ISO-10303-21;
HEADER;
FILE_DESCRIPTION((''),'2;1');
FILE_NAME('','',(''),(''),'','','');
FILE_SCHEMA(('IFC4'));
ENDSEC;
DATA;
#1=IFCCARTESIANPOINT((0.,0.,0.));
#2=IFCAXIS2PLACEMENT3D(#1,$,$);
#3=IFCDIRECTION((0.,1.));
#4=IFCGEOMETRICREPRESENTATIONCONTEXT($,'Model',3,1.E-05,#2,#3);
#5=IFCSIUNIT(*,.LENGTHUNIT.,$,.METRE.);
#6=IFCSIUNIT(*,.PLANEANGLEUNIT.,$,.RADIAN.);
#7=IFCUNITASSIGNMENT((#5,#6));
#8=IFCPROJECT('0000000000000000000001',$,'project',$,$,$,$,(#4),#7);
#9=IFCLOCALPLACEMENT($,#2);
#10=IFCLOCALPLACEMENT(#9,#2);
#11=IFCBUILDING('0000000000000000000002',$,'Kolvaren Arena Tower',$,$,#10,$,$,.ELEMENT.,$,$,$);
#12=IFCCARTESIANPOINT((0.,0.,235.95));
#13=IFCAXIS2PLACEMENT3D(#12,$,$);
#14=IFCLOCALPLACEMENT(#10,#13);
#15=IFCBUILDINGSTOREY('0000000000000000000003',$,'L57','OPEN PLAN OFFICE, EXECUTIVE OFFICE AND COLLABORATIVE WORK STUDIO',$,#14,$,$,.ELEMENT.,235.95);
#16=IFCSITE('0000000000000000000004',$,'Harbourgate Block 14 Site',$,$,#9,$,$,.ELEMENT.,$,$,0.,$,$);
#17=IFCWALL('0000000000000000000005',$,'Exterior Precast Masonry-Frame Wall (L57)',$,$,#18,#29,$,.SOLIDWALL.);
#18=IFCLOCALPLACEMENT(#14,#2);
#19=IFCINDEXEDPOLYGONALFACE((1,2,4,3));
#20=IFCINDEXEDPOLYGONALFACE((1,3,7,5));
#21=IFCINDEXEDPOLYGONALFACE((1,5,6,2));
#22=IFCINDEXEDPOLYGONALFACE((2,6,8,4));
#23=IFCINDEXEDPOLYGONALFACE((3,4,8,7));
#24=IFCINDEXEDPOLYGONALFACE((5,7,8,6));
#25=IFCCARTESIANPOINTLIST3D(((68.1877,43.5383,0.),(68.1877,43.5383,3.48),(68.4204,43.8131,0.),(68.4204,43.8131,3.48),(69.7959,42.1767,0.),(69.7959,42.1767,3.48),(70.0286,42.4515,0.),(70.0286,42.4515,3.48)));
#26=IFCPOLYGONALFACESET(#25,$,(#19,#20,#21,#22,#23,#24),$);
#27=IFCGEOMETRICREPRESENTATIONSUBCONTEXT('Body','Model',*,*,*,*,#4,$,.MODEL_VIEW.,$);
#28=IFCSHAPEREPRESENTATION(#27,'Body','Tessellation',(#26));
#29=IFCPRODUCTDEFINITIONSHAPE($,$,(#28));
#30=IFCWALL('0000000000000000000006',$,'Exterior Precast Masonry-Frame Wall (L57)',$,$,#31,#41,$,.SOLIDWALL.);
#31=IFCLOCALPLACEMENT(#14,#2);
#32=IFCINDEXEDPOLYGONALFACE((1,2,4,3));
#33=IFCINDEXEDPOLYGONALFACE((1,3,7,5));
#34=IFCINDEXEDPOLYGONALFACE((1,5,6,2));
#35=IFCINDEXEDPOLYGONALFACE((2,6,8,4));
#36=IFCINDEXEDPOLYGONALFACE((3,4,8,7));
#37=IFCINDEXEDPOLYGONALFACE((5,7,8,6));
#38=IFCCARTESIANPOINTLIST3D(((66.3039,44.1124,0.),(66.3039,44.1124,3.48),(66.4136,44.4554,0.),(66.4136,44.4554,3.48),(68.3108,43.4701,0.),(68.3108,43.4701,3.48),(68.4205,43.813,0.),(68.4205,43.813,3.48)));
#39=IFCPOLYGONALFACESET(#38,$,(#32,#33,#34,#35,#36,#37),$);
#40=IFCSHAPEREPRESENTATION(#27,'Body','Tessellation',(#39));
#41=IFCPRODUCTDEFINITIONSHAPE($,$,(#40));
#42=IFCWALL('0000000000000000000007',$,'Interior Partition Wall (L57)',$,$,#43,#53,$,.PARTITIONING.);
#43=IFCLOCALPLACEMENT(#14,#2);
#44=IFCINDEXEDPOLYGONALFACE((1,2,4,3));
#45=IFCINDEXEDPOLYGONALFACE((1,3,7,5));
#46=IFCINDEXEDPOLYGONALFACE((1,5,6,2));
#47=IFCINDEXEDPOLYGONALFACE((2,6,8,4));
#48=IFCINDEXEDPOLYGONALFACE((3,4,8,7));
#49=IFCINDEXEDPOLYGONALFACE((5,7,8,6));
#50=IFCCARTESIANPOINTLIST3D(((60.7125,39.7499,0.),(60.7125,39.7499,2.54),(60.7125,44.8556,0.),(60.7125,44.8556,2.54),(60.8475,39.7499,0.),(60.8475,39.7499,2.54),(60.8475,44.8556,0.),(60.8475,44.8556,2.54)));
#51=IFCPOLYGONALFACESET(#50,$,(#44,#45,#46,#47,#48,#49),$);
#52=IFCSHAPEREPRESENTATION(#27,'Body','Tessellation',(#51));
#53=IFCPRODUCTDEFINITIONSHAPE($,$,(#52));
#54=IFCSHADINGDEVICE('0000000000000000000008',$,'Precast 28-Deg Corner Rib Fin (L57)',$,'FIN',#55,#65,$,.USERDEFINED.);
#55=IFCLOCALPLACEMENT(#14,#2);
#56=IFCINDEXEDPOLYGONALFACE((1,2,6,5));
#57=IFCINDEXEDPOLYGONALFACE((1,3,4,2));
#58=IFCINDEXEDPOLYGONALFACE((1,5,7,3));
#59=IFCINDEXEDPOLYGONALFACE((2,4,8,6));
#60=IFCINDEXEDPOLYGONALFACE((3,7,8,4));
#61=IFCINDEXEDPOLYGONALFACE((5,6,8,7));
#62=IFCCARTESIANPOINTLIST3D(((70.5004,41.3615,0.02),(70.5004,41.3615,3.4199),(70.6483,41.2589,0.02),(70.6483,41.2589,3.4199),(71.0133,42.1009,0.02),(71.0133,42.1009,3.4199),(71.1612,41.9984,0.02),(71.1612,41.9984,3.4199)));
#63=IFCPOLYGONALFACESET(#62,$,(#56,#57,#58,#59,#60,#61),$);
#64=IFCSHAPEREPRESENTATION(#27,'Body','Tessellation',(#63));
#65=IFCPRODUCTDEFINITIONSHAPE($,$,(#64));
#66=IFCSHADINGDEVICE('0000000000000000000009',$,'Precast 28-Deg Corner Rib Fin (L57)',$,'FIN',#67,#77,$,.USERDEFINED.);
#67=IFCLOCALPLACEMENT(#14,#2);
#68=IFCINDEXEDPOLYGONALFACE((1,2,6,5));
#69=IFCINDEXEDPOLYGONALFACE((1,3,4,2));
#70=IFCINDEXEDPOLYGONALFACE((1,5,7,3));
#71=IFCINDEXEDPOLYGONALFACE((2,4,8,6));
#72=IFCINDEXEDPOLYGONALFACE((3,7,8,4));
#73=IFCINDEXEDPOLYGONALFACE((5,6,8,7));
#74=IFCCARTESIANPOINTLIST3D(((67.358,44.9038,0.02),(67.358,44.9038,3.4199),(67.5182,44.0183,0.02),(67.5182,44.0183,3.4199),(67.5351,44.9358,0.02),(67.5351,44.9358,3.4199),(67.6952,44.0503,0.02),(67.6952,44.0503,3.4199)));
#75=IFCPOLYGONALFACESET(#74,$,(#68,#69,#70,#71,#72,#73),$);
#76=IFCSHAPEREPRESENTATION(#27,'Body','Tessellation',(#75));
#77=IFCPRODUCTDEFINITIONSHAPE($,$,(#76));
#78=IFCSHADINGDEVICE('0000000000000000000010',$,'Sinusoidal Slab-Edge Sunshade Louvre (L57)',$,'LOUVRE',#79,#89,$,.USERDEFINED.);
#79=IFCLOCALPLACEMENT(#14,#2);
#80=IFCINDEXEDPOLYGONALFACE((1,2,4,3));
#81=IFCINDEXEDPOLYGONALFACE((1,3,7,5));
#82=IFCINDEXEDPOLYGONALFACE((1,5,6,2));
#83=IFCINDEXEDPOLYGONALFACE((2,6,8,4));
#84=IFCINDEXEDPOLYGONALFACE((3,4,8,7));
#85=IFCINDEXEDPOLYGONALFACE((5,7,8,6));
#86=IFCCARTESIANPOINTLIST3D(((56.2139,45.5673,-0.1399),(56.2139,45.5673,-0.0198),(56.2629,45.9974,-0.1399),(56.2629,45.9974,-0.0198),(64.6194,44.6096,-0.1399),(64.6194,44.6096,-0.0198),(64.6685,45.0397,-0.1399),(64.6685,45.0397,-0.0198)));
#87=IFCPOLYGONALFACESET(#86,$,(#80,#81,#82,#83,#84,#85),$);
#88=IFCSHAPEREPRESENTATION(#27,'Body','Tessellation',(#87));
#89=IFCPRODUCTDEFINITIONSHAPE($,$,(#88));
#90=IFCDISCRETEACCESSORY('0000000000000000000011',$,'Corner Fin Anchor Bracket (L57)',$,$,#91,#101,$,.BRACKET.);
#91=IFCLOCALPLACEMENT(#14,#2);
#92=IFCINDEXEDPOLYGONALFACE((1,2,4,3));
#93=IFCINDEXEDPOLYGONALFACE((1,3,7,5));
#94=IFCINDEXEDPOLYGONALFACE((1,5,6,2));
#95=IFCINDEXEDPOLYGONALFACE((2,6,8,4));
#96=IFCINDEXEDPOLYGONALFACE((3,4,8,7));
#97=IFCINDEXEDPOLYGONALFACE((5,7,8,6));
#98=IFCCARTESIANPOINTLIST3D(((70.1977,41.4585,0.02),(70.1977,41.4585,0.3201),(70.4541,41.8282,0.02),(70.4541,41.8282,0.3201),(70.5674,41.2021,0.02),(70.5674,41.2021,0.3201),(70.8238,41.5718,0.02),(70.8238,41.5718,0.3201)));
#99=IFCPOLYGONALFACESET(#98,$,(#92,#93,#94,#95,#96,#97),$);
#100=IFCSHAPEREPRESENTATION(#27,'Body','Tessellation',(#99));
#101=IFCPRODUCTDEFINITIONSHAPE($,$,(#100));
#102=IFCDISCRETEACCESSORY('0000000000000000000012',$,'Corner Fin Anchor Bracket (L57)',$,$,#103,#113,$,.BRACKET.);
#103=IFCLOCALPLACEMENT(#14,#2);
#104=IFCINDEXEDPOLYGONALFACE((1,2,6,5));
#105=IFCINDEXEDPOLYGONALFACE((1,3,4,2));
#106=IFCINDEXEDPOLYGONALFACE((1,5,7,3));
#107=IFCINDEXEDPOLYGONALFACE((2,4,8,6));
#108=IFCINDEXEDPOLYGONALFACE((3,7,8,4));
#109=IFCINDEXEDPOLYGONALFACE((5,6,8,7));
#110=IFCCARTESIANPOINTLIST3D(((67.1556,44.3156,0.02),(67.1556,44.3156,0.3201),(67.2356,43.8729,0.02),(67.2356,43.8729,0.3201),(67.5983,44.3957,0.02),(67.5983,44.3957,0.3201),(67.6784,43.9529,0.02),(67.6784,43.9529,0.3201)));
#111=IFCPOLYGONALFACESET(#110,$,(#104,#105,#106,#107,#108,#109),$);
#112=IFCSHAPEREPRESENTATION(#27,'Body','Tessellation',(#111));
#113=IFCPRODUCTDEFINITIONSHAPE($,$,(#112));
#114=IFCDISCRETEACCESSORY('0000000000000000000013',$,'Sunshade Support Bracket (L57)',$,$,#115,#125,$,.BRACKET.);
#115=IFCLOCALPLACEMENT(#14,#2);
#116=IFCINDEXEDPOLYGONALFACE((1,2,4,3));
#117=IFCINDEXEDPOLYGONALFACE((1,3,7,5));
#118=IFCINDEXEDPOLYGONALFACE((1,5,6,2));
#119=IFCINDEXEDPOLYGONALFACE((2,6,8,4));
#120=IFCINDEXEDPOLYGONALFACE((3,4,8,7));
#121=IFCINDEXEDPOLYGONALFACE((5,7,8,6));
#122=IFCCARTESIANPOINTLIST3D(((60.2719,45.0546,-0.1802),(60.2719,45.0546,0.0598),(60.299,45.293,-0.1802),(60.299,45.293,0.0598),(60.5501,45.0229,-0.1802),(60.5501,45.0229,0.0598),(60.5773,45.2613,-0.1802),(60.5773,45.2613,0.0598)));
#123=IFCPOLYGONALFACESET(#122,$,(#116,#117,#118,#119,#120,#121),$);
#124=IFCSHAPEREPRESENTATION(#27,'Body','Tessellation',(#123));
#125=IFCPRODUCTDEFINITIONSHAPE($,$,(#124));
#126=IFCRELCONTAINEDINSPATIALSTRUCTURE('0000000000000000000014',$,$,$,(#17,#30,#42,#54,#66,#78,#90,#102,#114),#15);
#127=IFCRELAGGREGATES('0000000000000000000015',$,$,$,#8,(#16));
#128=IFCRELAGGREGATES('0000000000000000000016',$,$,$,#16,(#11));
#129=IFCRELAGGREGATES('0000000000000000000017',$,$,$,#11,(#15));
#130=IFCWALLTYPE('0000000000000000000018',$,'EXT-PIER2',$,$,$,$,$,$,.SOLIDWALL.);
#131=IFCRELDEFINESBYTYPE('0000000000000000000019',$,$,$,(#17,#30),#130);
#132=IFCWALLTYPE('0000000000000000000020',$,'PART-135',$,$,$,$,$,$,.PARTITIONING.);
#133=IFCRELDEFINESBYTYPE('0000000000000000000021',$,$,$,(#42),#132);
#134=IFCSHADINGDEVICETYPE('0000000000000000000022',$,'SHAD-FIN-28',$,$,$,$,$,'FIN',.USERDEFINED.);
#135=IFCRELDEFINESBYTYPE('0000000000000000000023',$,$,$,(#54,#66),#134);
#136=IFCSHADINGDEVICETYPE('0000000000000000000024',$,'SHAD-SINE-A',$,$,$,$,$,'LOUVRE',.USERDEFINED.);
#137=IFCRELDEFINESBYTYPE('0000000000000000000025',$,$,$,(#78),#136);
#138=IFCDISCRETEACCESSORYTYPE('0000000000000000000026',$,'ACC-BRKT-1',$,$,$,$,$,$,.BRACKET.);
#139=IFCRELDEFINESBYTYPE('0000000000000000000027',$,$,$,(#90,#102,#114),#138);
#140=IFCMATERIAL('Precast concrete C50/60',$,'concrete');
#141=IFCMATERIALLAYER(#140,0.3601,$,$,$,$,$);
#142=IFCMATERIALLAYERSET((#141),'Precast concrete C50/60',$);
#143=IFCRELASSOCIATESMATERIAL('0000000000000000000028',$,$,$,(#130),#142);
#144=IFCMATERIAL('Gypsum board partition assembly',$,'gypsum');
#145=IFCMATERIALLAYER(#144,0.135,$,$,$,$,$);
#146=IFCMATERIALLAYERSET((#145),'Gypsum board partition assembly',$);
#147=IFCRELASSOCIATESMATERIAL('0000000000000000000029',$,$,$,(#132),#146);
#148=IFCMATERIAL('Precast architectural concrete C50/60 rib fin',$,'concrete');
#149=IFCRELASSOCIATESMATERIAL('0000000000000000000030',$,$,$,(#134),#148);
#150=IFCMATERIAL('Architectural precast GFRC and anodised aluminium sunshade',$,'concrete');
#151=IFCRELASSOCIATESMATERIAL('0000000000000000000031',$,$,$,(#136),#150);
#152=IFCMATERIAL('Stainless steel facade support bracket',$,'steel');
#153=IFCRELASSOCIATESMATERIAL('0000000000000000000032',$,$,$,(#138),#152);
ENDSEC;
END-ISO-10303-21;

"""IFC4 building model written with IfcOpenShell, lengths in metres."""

from ifc_helpers import new_model, si_unit, direction, frame, frame_2d, origin, origin_2d, place, context, subcontext, project, spatial, rectangle, extrude, material, layer, layer_set, type_object, element, save


model = new_model("IFC4")

# Units and contexts
model_context = context("Model", 3, precision=1e-05, world=origin(), true_north=direction((0.0, 1.0)))
body_context = subcontext(model_context, "Body", "Model", "MODEL_VIEW")
ifc_project = project(units=[si_unit("LENGTHUNIT", "METRE"), si_unit("PLANEANGLEUNIT", "RADIAN")], contexts=[model_context])

# Site, building, storey
site_placement = place(None, origin())
site = spatial("IfcSite", under=ifc_project, at=site_placement, Name="Harbourgate Block 14 Site", CompositionType="ELEMENT", RefElevation=0.0)
building_placement = place(site_placement, origin())
building = spatial("IfcBuilding", under=site, at=building_placement, Name="Kolvaren Arena Tower", CompositionType="ELEMENT")
storey_placement = place(building_placement, frame((0.0, 0.0, 235.95)))
storey = spatial("IfcBuildingStorey", under=building, at=storey_placement, Name="L57", Description="OPEN PLAN OFFICE, EXECUTIVE OFFICE AND COLLABORATIVE WORK STUDIO", CompositionType="ELEMENT", Elevation=235.95)

# Shared definitions
ifc_material_1 = material(Name="Precast concrete C50/60", Category="concrete")
ifc_layer_1 = layer(ifc_material_1, 0.3601)
ifc_layer_set_1 = layer_set([ifc_layer_1], Name="Precast concrete C50/60")
wall_type_1 = type_object("IfcWallType", Name="EXT-PIER2", PredefinedType="SOLIDWALL", material=ifc_layer_set_1)

# Walls
for number, where, z_axis, x_axis, name in (
    (1, (68.304, 43.6758, 0.0), (0.0, 0.0, 1.0), (0.763193, -0.646171, 0.0), "Exterior Precast Masonry-Frame Wall (L57)"),
    (2, (66.3586, 44.2839, 0.0), (0.0, 0.0, 1.0), (0.952404, -0.304839, 0.0), "Exterior Precast Masonry-Frame Wall (L57)"),
):
    element("IfcWall", number, at=place(storey_placement, frame(where, z_axis=z_axis, x_axis=x_axis)), inside=storey, type_object=wall_type_1, Name=name, PredefinedType="SOLIDWALL", context=body_context, shape_type="SweptSolid", body=[
        extrude(rectangle(XDim=2.1072, YDim=0.3601, at=frame_2d((1.0537, 0.0))), origin(), (0.0, 0.0, 1.0), 3.48),
    ])
ifc_material_2 = material(Name="Gypsum board partition assembly", Category="gypsum")
ifc_layer_2 = layer(ifc_material_2, 0.135)
ifc_layer_set_2 = layer_set([ifc_layer_2], Name="Gypsum board partition assembly")
wall_type_2 = type_object("IfcWallType", Name="PART-135", PredefinedType="PARTITIONING", material=ifc_layer_set_2)
wall_1_placement = place(storey_placement, frame((60.78, 39.75, 0.0), z_axis=(0.0, 0.0, 1.0), x_axis=(0.0, 1.0, 0.0)))
element("IfcWall", 3, at=wall_1_placement, inside=storey, type_object=wall_type_2, Name="Interior Partition Wall (L57)", PredefinedType="PARTITIONING", context=body_context, shape_type="SweptSolid", body=[
    extrude(rectangle(XDim=5.1057, YDim=0.135, at=frame_2d((2.5527, 0.0))), origin(), (0.0, 0.0, 1.0), 2.54),
])

# Shading devices
ifc_material_3 = material(Name="Precast architectural concrete C50/60 rib fin", Category="concrete")
shading_device_type_1 = type_object("IfcShadingDeviceType", Name="SHAD-FIN-28", ElementType="FIN", PredefinedType="USERDEFINED", material=ifc_material_3)
for number, where, z_axis, x_axis, name in (
    (4, (70.8308, 41.6799, 0.02), (0.0, 0.0, 1.0), (0.569965, 0.821669, 0.0), "Precast 28-Deg Corner Rib Fin (L57)"),
    (5, (67.5266, 44.4771, 0.02), (0.0, 0.0, 1.0), (-0.177966, 0.984037, 0.0), "Precast 28-Deg Corner Rib Fin (L57)"),
):
    element("IfcShadingDevice", number, at=place(storey_placement, frame(where, z_axis=z_axis, x_axis=x_axis)), inside=storey, type_object=shading_device_type_1, Name=name, ObjectType="FIN", PredefinedType="USERDEFINED", context=body_context, shape_type="SweptSolid", body=[
        extrude(rectangle(XDim=0.8999, YDim=0.1799, at=origin_2d()), origin(), (0.0, 0.0, 1.0), 3.3999),
    ])
ifc_material_4 = material(Name="Architectural precast GFRC and anodised aluminium sunshade", Category="concrete")
shading_device_type_2 = type_object("IfcShadingDeviceType", Name="SHAD-SINE-A", ElementType="LOUVRE", PredefinedType="USERDEFINED", material=ifc_material_4)
shading_device_placement = place(storey_placement, frame((60.4412, 45.3035, -0.1399), z_axis=(0.0, 0.0, 1.0), x_axis=(0.993572, -0.113205, 0.0)))
element("IfcShadingDevice", 6, at=shading_device_placement, inside=storey, type_object=shading_device_type_2, Name="Sinusoidal Slab-Edge Sunshade Louvre (L57)", ObjectType="LOUVRE", PredefinedType="USERDEFINED", context=body_context, shape_type="SweptSolid", body=[
    extrude(rectangle(XDim=8.46, YDim=0.4329, at=origin_2d()), origin(), (0.0, 0.0, 1.0), 0.1201),
])

# Discrete accessories
ifc_material_5 = material(Name="Stainless steel facade support bracket", Category="steel")
discrete_accessory_type = type_object("IfcDiscreteAccessoryType", Name="ACC-BRKT-1", PredefinedType="BRACKET", material=ifc_material_5)
for number, where, z_axis, x_axis, name in (
    (7, (70.5107, 41.5151, 0.02), (0.0, 0.0, 1.0), (0.569965, 0.821669, 0.0), "Corner Fin Anchor Bracket (L57)"),
    (8, (67.417, 44.1343, 0.02), (0.0, 0.0, 1.0), (-0.177966, 0.984037, 0.0), "Corner Fin Anchor Bracket (L57)"),
):
    element("IfcDiscreteAccessory", number, at=place(storey_placement, frame(where, z_axis=z_axis, x_axis=x_axis)), inside=storey, type_object=discrete_accessory_type, Name=name, PredefinedType="BRACKET", context=body_context, shape_type="SweptSolid", body=[
        extrude(rectangle(XDim=0.45, YDim=0.45, at=origin_2d()), origin(), (0.0, 0.0, 1.0), 0.3),
    ])
discrete_accessory_placement = place(storey_placement, frame((60.4246, 45.158, -0.1802), z_axis=(0.0, 0.0, 1.0), x_axis=(0.993572, -0.113205, 0.0)))
element("IfcDiscreteAccessory", 9, at=discrete_accessory_placement, inside=storey, type_object=discrete_accessory_type, Name="Sunshade Support Bracket (L57)", PredefinedType="BRACKET", context=body_context, shape_type="SweptSolid", body=[
    extrude(rectangle(XDim=0.28, YDim=0.24, at=origin_2d()), origin(), (0.0, 0.0, 1.0), 0.24),
])

save(model, "model.ifc")
